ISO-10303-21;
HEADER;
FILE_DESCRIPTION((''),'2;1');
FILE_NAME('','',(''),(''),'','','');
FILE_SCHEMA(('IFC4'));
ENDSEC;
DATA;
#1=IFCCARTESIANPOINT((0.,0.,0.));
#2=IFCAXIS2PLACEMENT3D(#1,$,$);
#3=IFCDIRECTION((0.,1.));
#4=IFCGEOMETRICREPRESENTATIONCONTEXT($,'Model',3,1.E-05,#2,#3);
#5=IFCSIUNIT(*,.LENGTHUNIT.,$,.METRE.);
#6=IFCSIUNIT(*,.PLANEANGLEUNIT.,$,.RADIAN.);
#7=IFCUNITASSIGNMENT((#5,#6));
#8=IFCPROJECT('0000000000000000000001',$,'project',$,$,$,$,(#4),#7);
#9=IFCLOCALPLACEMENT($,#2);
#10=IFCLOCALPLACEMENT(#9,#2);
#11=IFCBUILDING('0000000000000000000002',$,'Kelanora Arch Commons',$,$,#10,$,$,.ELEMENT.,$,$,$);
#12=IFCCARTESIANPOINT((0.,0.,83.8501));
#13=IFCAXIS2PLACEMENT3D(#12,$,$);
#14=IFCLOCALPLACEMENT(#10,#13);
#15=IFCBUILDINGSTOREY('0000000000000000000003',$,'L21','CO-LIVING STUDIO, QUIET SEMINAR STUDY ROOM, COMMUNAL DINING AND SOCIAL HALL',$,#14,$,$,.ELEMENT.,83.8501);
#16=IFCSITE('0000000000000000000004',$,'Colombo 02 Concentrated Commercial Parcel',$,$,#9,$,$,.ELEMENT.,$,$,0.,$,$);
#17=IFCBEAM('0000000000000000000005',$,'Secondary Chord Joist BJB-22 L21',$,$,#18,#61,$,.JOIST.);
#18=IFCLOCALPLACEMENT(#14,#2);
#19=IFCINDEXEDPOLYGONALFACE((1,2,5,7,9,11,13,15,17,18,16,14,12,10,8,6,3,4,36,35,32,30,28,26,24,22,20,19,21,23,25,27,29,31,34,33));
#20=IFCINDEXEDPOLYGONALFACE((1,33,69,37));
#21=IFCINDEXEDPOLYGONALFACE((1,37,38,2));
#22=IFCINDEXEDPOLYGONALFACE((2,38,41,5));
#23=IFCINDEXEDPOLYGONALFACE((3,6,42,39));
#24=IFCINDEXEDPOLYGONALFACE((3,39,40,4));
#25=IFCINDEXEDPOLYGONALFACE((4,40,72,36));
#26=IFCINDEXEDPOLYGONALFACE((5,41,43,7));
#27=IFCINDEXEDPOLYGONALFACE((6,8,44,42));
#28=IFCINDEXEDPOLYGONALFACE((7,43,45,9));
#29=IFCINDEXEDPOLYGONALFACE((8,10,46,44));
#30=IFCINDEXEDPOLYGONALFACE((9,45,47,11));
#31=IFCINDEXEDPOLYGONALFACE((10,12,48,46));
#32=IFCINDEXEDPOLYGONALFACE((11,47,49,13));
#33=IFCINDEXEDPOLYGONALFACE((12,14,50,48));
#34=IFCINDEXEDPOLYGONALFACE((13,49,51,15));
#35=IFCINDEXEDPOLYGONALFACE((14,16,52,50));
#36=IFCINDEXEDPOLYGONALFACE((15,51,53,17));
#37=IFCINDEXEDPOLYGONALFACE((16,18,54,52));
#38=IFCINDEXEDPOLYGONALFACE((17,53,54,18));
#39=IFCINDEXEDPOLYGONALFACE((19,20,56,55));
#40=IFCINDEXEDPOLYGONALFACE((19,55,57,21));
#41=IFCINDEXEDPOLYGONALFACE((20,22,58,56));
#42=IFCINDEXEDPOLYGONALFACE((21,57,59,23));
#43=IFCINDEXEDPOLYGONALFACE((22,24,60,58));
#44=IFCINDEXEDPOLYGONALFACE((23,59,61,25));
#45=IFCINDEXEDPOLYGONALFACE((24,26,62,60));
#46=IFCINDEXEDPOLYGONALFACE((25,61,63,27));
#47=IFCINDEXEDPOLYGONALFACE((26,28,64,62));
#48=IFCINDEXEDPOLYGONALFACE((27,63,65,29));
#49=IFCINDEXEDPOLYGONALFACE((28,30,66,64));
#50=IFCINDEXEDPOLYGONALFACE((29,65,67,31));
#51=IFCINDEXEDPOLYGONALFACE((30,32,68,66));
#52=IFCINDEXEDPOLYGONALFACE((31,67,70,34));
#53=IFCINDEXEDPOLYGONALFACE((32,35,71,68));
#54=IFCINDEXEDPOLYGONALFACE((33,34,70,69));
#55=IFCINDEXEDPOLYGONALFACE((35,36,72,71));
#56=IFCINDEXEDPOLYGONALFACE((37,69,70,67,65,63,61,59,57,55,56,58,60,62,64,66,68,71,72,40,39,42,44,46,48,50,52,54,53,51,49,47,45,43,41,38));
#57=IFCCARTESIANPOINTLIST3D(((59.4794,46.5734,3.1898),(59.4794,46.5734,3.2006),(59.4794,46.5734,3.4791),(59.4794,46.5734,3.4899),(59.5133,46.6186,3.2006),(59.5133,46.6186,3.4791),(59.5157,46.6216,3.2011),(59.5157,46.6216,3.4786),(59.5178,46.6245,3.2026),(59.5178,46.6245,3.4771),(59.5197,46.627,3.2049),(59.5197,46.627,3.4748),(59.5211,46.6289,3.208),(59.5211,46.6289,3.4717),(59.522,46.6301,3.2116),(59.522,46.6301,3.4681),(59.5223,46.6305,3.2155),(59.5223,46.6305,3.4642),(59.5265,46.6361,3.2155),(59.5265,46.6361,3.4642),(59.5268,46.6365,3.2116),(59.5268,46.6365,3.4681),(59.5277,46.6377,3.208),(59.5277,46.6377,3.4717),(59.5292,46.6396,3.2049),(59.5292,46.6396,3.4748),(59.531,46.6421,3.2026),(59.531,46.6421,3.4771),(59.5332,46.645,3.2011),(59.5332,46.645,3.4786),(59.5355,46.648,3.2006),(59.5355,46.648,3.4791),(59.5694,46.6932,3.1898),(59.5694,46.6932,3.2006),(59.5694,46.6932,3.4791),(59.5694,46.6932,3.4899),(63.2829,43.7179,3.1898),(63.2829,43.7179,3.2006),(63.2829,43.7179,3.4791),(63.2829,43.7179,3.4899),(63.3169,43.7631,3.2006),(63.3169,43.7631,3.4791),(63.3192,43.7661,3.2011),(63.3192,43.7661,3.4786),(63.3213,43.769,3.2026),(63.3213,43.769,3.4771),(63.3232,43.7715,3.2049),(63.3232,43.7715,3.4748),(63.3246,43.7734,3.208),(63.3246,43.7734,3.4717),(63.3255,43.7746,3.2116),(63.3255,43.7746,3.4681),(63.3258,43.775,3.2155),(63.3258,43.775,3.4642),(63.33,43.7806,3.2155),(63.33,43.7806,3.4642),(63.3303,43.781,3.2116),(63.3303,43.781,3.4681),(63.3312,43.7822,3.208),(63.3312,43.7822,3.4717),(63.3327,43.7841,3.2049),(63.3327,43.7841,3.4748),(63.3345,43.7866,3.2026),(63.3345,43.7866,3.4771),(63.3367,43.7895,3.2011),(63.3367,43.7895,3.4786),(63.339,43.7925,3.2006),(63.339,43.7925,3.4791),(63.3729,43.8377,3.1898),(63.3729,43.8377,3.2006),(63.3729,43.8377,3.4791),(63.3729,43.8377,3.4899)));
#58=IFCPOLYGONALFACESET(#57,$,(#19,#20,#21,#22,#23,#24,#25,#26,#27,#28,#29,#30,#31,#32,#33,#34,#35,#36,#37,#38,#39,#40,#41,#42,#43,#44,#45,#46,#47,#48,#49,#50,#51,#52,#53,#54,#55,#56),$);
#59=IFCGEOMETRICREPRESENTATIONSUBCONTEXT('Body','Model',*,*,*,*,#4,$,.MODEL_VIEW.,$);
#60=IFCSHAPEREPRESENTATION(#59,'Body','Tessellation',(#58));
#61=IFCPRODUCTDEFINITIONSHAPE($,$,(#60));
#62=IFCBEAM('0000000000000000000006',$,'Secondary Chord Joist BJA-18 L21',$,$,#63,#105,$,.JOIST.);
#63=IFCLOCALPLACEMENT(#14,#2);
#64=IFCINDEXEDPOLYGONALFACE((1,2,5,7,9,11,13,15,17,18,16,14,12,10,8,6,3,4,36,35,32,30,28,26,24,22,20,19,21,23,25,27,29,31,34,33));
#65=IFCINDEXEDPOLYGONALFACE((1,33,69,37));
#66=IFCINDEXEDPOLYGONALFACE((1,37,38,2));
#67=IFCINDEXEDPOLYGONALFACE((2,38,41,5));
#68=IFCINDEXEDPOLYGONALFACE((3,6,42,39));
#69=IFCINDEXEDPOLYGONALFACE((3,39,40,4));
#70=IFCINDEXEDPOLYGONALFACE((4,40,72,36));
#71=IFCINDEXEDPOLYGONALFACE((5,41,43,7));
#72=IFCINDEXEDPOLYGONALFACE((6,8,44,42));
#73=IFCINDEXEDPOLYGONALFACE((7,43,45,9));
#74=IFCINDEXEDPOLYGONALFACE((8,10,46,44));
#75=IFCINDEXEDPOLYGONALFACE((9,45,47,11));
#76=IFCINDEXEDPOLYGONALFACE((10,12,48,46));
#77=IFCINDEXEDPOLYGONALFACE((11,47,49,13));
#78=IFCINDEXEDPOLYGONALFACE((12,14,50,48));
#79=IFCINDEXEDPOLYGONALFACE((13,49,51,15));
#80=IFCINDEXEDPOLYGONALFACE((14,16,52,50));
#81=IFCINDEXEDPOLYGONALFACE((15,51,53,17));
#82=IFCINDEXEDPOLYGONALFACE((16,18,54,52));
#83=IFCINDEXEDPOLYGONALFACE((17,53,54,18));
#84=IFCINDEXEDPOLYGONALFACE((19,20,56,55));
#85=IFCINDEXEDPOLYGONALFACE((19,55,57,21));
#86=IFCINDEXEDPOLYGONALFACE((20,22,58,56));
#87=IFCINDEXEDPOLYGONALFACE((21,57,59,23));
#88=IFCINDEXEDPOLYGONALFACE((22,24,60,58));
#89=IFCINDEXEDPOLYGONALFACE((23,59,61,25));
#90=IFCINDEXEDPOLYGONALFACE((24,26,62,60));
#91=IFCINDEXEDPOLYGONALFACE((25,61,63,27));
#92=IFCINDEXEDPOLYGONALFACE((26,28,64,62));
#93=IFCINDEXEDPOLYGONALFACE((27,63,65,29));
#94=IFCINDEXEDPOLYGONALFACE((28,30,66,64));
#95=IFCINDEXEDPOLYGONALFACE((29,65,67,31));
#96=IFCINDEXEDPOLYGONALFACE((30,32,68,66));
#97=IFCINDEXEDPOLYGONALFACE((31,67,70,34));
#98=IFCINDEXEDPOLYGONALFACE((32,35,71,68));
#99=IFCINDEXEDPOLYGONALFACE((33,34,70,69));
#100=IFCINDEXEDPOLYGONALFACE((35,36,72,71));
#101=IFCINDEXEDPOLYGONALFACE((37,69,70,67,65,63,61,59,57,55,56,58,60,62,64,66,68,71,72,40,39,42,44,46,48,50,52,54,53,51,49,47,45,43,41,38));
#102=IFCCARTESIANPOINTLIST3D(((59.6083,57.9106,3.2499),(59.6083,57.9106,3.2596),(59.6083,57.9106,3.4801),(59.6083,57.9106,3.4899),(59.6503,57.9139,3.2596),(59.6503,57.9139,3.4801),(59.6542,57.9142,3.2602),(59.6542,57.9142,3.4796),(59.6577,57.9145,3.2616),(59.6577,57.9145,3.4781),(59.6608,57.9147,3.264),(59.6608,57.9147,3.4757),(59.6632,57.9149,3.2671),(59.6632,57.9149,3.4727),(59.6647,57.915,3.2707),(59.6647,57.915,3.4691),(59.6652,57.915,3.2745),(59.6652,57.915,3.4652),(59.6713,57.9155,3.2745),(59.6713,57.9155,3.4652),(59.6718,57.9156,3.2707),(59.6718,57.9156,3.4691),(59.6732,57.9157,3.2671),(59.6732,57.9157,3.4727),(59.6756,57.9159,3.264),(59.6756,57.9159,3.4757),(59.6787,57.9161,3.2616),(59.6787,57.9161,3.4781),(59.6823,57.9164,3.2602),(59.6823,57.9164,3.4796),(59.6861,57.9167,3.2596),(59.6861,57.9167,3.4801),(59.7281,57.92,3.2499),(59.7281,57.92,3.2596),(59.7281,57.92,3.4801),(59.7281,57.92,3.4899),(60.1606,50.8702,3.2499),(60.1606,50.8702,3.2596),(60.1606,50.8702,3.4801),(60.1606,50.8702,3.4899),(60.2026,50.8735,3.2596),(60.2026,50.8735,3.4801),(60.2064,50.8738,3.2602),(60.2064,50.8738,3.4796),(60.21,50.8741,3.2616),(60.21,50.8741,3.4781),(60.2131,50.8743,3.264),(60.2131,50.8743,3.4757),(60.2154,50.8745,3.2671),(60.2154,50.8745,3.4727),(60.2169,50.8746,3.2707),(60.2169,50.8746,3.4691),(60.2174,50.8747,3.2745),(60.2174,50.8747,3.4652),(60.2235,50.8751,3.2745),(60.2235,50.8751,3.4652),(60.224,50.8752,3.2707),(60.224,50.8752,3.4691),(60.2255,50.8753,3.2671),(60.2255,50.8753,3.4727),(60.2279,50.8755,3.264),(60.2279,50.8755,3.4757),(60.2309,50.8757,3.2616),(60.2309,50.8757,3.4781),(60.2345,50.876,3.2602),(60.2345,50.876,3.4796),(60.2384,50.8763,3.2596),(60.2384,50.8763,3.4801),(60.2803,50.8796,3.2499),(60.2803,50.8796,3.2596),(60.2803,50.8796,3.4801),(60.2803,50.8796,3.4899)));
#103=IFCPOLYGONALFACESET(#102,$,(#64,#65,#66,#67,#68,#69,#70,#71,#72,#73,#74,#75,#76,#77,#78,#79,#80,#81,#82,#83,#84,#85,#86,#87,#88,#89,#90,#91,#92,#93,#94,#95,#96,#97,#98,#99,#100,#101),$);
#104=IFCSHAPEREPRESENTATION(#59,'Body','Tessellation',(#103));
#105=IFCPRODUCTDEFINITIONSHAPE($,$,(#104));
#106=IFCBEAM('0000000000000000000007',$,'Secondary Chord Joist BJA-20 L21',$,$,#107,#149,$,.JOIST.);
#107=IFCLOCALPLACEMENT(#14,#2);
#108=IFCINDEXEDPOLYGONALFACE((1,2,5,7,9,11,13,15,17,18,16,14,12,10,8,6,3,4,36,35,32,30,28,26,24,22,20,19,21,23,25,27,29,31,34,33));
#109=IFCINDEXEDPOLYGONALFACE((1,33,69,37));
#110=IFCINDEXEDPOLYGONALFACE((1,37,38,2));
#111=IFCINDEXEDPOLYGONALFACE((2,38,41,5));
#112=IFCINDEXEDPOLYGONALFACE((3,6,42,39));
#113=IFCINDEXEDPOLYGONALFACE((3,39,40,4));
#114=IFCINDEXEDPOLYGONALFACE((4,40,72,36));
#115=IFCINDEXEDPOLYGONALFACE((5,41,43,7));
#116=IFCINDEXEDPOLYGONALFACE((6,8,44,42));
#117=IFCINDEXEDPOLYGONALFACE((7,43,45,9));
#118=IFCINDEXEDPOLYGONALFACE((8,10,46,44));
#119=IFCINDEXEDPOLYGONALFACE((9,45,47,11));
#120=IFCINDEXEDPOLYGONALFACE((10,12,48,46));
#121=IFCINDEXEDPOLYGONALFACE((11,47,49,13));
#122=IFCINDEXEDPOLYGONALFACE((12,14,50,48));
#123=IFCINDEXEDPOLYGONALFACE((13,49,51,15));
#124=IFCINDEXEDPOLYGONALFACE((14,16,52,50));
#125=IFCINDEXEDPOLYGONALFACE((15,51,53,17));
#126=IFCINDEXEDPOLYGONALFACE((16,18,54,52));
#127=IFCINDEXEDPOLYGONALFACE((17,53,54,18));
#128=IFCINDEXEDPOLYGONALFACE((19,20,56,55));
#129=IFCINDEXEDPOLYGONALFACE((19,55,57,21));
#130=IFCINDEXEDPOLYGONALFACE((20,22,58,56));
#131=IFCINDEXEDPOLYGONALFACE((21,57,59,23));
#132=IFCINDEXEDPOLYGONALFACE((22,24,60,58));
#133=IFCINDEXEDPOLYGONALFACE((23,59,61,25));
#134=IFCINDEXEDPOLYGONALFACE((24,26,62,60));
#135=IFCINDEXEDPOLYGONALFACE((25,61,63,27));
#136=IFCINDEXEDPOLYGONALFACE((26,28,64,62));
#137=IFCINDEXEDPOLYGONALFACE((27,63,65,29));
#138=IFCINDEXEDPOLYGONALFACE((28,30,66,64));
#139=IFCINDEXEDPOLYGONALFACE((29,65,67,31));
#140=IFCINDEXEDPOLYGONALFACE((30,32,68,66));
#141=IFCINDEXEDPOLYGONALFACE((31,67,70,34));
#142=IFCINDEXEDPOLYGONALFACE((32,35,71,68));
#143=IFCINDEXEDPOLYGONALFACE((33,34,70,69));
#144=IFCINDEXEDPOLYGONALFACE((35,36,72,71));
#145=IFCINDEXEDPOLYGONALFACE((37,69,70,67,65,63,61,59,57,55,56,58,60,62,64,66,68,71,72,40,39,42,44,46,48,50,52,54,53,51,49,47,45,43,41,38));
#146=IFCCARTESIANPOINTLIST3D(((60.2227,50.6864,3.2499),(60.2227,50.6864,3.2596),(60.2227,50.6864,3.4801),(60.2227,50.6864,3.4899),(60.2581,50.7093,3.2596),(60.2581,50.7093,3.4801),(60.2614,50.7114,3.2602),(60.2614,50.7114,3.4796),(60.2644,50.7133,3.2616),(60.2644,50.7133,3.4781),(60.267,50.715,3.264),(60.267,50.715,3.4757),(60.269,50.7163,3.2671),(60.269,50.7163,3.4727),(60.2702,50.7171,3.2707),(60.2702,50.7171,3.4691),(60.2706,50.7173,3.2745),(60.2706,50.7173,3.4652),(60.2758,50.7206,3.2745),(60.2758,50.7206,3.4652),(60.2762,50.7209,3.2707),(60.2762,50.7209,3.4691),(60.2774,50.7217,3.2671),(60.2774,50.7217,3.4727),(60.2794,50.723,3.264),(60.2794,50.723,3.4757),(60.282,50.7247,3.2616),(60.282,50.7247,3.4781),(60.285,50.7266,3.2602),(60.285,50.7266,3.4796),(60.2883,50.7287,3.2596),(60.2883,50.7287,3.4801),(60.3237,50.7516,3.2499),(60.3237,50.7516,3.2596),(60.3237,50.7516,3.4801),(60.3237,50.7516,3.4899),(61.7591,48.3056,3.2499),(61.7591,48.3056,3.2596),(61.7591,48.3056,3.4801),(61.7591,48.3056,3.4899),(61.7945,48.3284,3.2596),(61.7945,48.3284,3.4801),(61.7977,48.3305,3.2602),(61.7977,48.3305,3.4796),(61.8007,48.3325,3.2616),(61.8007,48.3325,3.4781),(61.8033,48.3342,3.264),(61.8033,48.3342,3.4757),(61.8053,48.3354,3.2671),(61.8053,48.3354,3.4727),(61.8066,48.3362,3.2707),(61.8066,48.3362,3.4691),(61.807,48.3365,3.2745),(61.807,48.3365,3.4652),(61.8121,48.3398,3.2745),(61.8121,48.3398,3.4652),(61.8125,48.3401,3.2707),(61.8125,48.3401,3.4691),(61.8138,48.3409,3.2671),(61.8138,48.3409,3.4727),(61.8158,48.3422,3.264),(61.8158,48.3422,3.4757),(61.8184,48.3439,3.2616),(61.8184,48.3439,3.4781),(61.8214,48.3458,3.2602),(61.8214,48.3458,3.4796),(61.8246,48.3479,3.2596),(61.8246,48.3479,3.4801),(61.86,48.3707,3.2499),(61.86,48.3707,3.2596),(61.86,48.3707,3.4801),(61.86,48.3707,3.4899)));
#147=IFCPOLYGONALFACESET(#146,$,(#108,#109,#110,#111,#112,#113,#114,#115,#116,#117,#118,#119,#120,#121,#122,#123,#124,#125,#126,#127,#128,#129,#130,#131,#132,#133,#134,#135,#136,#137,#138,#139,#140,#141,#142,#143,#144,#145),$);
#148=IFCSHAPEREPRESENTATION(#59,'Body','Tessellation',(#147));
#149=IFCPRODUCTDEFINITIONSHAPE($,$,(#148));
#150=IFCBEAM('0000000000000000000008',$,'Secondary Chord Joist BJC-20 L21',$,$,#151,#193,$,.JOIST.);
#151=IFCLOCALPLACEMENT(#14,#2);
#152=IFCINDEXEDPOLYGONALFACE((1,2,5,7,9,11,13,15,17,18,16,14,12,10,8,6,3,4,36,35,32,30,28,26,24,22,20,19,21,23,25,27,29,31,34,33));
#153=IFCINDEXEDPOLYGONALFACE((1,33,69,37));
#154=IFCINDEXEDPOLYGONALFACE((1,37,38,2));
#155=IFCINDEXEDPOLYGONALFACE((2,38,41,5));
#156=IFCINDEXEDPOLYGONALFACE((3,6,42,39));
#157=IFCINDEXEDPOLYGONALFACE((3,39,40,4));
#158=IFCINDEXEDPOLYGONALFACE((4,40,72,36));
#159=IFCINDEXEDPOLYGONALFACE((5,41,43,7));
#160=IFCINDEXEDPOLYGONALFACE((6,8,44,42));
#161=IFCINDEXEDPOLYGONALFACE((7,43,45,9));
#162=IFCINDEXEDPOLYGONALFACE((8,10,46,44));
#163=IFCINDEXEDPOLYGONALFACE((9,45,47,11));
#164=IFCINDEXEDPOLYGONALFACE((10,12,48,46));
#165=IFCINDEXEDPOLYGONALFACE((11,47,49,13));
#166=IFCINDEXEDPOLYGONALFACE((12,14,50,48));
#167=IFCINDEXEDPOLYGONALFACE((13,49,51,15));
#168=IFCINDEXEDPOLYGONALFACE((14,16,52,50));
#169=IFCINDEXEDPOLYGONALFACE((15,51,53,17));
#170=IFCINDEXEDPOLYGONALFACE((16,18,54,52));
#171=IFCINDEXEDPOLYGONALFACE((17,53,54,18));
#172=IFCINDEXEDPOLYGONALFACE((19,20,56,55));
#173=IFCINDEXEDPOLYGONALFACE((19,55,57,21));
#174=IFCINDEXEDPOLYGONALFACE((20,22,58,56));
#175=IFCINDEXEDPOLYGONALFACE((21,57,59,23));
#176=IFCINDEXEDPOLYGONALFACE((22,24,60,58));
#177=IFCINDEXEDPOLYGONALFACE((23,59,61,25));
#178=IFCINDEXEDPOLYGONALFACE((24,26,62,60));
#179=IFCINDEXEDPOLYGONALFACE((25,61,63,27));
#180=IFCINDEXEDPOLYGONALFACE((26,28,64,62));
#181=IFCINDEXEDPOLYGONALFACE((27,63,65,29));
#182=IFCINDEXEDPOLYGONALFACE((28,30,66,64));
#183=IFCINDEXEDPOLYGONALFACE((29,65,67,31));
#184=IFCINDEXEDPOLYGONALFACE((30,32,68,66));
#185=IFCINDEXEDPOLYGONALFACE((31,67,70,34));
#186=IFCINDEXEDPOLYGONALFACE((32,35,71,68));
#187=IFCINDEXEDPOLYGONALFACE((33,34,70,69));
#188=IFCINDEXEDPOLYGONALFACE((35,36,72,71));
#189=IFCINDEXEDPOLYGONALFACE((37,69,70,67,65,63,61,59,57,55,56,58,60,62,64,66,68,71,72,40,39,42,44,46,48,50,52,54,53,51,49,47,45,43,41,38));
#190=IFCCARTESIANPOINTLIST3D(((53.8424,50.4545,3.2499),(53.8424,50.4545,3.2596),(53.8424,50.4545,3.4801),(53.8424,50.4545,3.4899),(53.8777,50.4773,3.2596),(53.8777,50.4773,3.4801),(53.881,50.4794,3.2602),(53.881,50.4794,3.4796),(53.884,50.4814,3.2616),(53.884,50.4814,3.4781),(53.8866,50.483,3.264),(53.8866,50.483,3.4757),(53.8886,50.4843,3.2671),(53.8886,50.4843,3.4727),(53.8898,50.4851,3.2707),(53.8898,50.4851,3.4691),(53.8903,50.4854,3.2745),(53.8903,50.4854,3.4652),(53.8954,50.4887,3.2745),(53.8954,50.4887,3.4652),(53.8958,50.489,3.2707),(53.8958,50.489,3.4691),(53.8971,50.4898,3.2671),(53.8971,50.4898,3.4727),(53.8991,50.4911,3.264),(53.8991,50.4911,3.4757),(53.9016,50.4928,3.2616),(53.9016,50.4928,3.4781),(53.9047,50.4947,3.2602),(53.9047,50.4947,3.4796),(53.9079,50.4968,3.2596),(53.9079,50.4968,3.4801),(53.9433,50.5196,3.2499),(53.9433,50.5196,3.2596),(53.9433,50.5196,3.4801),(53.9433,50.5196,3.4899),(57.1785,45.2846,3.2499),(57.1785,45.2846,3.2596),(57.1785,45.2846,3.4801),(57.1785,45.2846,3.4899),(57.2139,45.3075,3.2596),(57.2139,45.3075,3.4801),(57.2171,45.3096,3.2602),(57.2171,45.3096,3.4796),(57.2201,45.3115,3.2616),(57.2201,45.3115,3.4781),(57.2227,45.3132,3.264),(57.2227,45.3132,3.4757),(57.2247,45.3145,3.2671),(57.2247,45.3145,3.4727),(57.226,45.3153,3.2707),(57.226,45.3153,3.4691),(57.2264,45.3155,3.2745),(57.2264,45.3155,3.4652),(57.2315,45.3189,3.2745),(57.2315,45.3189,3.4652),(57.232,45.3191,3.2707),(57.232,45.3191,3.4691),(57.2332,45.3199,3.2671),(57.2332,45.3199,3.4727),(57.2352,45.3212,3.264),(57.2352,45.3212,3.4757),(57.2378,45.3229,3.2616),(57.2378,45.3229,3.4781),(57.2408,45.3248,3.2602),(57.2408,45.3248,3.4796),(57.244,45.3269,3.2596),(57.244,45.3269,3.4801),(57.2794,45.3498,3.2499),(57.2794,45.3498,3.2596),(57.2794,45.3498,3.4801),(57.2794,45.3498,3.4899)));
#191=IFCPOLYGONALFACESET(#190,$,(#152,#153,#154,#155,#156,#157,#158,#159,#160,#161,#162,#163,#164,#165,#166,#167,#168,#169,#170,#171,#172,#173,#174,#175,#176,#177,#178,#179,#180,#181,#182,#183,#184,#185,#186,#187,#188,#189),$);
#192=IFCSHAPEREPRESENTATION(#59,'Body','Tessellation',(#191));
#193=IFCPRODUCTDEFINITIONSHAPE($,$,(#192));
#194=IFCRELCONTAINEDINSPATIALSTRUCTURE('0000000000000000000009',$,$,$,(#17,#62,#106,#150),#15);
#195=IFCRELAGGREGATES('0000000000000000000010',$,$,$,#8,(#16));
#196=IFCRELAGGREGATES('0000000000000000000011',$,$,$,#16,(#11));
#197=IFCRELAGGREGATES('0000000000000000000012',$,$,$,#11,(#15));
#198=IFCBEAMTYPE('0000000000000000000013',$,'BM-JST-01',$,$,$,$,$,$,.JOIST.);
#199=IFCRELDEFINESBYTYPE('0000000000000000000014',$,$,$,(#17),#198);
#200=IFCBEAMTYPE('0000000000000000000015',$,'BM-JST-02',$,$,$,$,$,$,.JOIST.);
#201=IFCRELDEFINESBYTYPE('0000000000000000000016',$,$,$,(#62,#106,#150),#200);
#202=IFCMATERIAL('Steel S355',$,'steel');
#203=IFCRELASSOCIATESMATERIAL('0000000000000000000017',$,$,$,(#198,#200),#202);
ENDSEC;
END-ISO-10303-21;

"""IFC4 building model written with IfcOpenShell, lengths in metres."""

from ifc_helpers import new_model, si_unit, direction, frame, origin, origin_2d, place, context, subcontext, project, spatial, i_section, extrude, material, material_profile, profile_set, type_object, element, save


model = new_model("IFC4")

# Units and contexts
model_context = context("Model", 3, precision=1e-05, world=origin(), true_north=direction((0.0, 1.0)))
body_context = subcontext(model_context, "Body", "Model", "MODEL_VIEW")
ifc_project = project(units=[si_unit("LENGTHUNIT", "METRE"), si_unit("PLANEANGLEUNIT", "RADIAN")], contexts=[model_context])

# Site, building, storey
site_placement = place(None, origin())
site = spatial("IfcSite", under=ifc_project, at=site_placement, Name="Colombo 02 Concentrated Commercial Parcel", CompositionType="ELEMENT", RefElevation=0.0)
building_placement = place(site_placement, origin())
building = spatial("IfcBuilding", under=site, at=building_placement, Name="Kelanora Arch Commons", CompositionType="ELEMENT")
storey_placement = place(building_placement, frame((0.0, 0.0, 83.8501)))
storey = spatial("IfcBuildingStorey", under=building, at=storey_placement, Name="L21", Description="CO-LIVING STUDIO, QUIET SEMINAR STUDY ROOM, COMMUNAL DINING AND SOCIAL HALL", CompositionType="ELEMENT", Elevation=83.8501)

# Beams
ifc_material_1 = material(Name="Steel S355", Category="steel")
ifc_material_profile_1 = material_profile(ifc_material_1, i_section(OverallWidth=0.1499, OverallDepth=0.3, WebThickness=0.0071, FlangeThickness=0.0107, FilletRadius=0.0149, at=origin_2d()), Name="IPE300")
ifc_profile_set_1 = profile_set([ifc_material_profile_1], Name="Steel S355")
beam_type_1 = type_object("IfcBeamType", Name="BM-JST-01", PredefinedType="JOIST", material=ifc_profile_set_1)
beam_1_placement = place(storey_placement, frame((59.5244, 46.6333, 3.3398), z_axis=(0.79971, -0.600386, 0.0), x_axis=(0.600386, 0.79971, 0.0)))
element("IfcBeam", 1, at=beam_1_placement, inside=storey, type_object=beam_type_1, Name="Secondary Chord Joist BJB-22 L21", PredefinedType="JOIST", context=body_context, shape_type="SweptSolid", body=[
    extrude(i_section(OverallWidth=0.1499, OverallDepth=0.3, WebThickness=0.0071, FlangeThickness=0.0107, FilletRadius=0.0149, at=origin_2d()), origin(), (0.0, 0.0, 1.0), 4.7561),
])
ifc_material_profile_2 = material_profile(ifc_material_1, i_section(OverallWidth=0.1201, OverallDepth=0.24, WebThickness=0.0061, FlangeThickness=0.0098, FilletRadius=0.0149, at=origin_2d()), Name="IPE240")
ifc_profile_set_2 = profile_set([ifc_material_profile_2], Name="Steel S355")
beam_type_2 = type_object("IfcBeamType", Name="BM-JST-02", PredefinedType="JOIST", material=ifc_profile_set_2)
beam_2_placement = place(storey_placement, frame((59.6682, 57.9153, 3.3699), z_axis=(0.078201, -0.996938, 0.0), x_axis=(0.996938, 0.078201, 0.0)))
element("IfcBeam", 2, at=beam_2_placement, inside=storey, type_object=beam_type_2, Name="Secondary Chord Joist BJA-18 L21", PredefinedType="JOIST", context=body_context, shape_type="SweptSolid", body=[
    extrude(i_section(OverallWidth=0.1201, OverallDepth=0.24, WebThickness=0.0061, FlangeThickness=0.0098, FilletRadius=0.0149, at=origin_2d()), origin(), (0.0, 0.0, 1.0), 7.062),
])
beam_3_placement = place(storey_placement, frame((60.2732, 50.719, 3.3699), z_axis=(0.542211, -0.840242, 0.0), x_axis=(0.840242, 0.542211, 0.0)))
element("IfcBeam", 3, at=beam_3_placement, inside=storey, type_object=beam_type_2, Name="Secondary Chord Joist BJA-20 L21", PredefinedType="JOIST", context=body_context, shape_type="SweptSolid", body=[
    extrude(i_section(OverallWidth=0.1201, OverallDepth=0.24, WebThickness=0.0061, FlangeThickness=0.0098, FilletRadius=0.0149, at=origin_2d()), origin(), (0.0, 0.0, 1.0), 2.8335),
])
beam_4_placement = place(storey_placement, frame((53.8928, 50.4871, 3.3699), z_axis=(0.542213, -0.840241, 0.0), x_axis=(0.840241, 0.542213, 0.0)))
element("IfcBeam", 4, at=beam_4_placement, inside=storey, type_object=beam_type_2, Name="Secondary Chord Joist BJC-20 L21", PredefinedType="JOIST", context=body_context, shape_type="SweptSolid", body=[
    extrude(i_section(OverallWidth=0.1201, OverallDepth=0.24, WebThickness=0.0061, FlangeThickness=0.0098, FilletRadius=0.0149, at=origin_2d()), origin(), (0.0, 0.0, 1.0), 6.1528),
])

save(model, "model.ifc")
